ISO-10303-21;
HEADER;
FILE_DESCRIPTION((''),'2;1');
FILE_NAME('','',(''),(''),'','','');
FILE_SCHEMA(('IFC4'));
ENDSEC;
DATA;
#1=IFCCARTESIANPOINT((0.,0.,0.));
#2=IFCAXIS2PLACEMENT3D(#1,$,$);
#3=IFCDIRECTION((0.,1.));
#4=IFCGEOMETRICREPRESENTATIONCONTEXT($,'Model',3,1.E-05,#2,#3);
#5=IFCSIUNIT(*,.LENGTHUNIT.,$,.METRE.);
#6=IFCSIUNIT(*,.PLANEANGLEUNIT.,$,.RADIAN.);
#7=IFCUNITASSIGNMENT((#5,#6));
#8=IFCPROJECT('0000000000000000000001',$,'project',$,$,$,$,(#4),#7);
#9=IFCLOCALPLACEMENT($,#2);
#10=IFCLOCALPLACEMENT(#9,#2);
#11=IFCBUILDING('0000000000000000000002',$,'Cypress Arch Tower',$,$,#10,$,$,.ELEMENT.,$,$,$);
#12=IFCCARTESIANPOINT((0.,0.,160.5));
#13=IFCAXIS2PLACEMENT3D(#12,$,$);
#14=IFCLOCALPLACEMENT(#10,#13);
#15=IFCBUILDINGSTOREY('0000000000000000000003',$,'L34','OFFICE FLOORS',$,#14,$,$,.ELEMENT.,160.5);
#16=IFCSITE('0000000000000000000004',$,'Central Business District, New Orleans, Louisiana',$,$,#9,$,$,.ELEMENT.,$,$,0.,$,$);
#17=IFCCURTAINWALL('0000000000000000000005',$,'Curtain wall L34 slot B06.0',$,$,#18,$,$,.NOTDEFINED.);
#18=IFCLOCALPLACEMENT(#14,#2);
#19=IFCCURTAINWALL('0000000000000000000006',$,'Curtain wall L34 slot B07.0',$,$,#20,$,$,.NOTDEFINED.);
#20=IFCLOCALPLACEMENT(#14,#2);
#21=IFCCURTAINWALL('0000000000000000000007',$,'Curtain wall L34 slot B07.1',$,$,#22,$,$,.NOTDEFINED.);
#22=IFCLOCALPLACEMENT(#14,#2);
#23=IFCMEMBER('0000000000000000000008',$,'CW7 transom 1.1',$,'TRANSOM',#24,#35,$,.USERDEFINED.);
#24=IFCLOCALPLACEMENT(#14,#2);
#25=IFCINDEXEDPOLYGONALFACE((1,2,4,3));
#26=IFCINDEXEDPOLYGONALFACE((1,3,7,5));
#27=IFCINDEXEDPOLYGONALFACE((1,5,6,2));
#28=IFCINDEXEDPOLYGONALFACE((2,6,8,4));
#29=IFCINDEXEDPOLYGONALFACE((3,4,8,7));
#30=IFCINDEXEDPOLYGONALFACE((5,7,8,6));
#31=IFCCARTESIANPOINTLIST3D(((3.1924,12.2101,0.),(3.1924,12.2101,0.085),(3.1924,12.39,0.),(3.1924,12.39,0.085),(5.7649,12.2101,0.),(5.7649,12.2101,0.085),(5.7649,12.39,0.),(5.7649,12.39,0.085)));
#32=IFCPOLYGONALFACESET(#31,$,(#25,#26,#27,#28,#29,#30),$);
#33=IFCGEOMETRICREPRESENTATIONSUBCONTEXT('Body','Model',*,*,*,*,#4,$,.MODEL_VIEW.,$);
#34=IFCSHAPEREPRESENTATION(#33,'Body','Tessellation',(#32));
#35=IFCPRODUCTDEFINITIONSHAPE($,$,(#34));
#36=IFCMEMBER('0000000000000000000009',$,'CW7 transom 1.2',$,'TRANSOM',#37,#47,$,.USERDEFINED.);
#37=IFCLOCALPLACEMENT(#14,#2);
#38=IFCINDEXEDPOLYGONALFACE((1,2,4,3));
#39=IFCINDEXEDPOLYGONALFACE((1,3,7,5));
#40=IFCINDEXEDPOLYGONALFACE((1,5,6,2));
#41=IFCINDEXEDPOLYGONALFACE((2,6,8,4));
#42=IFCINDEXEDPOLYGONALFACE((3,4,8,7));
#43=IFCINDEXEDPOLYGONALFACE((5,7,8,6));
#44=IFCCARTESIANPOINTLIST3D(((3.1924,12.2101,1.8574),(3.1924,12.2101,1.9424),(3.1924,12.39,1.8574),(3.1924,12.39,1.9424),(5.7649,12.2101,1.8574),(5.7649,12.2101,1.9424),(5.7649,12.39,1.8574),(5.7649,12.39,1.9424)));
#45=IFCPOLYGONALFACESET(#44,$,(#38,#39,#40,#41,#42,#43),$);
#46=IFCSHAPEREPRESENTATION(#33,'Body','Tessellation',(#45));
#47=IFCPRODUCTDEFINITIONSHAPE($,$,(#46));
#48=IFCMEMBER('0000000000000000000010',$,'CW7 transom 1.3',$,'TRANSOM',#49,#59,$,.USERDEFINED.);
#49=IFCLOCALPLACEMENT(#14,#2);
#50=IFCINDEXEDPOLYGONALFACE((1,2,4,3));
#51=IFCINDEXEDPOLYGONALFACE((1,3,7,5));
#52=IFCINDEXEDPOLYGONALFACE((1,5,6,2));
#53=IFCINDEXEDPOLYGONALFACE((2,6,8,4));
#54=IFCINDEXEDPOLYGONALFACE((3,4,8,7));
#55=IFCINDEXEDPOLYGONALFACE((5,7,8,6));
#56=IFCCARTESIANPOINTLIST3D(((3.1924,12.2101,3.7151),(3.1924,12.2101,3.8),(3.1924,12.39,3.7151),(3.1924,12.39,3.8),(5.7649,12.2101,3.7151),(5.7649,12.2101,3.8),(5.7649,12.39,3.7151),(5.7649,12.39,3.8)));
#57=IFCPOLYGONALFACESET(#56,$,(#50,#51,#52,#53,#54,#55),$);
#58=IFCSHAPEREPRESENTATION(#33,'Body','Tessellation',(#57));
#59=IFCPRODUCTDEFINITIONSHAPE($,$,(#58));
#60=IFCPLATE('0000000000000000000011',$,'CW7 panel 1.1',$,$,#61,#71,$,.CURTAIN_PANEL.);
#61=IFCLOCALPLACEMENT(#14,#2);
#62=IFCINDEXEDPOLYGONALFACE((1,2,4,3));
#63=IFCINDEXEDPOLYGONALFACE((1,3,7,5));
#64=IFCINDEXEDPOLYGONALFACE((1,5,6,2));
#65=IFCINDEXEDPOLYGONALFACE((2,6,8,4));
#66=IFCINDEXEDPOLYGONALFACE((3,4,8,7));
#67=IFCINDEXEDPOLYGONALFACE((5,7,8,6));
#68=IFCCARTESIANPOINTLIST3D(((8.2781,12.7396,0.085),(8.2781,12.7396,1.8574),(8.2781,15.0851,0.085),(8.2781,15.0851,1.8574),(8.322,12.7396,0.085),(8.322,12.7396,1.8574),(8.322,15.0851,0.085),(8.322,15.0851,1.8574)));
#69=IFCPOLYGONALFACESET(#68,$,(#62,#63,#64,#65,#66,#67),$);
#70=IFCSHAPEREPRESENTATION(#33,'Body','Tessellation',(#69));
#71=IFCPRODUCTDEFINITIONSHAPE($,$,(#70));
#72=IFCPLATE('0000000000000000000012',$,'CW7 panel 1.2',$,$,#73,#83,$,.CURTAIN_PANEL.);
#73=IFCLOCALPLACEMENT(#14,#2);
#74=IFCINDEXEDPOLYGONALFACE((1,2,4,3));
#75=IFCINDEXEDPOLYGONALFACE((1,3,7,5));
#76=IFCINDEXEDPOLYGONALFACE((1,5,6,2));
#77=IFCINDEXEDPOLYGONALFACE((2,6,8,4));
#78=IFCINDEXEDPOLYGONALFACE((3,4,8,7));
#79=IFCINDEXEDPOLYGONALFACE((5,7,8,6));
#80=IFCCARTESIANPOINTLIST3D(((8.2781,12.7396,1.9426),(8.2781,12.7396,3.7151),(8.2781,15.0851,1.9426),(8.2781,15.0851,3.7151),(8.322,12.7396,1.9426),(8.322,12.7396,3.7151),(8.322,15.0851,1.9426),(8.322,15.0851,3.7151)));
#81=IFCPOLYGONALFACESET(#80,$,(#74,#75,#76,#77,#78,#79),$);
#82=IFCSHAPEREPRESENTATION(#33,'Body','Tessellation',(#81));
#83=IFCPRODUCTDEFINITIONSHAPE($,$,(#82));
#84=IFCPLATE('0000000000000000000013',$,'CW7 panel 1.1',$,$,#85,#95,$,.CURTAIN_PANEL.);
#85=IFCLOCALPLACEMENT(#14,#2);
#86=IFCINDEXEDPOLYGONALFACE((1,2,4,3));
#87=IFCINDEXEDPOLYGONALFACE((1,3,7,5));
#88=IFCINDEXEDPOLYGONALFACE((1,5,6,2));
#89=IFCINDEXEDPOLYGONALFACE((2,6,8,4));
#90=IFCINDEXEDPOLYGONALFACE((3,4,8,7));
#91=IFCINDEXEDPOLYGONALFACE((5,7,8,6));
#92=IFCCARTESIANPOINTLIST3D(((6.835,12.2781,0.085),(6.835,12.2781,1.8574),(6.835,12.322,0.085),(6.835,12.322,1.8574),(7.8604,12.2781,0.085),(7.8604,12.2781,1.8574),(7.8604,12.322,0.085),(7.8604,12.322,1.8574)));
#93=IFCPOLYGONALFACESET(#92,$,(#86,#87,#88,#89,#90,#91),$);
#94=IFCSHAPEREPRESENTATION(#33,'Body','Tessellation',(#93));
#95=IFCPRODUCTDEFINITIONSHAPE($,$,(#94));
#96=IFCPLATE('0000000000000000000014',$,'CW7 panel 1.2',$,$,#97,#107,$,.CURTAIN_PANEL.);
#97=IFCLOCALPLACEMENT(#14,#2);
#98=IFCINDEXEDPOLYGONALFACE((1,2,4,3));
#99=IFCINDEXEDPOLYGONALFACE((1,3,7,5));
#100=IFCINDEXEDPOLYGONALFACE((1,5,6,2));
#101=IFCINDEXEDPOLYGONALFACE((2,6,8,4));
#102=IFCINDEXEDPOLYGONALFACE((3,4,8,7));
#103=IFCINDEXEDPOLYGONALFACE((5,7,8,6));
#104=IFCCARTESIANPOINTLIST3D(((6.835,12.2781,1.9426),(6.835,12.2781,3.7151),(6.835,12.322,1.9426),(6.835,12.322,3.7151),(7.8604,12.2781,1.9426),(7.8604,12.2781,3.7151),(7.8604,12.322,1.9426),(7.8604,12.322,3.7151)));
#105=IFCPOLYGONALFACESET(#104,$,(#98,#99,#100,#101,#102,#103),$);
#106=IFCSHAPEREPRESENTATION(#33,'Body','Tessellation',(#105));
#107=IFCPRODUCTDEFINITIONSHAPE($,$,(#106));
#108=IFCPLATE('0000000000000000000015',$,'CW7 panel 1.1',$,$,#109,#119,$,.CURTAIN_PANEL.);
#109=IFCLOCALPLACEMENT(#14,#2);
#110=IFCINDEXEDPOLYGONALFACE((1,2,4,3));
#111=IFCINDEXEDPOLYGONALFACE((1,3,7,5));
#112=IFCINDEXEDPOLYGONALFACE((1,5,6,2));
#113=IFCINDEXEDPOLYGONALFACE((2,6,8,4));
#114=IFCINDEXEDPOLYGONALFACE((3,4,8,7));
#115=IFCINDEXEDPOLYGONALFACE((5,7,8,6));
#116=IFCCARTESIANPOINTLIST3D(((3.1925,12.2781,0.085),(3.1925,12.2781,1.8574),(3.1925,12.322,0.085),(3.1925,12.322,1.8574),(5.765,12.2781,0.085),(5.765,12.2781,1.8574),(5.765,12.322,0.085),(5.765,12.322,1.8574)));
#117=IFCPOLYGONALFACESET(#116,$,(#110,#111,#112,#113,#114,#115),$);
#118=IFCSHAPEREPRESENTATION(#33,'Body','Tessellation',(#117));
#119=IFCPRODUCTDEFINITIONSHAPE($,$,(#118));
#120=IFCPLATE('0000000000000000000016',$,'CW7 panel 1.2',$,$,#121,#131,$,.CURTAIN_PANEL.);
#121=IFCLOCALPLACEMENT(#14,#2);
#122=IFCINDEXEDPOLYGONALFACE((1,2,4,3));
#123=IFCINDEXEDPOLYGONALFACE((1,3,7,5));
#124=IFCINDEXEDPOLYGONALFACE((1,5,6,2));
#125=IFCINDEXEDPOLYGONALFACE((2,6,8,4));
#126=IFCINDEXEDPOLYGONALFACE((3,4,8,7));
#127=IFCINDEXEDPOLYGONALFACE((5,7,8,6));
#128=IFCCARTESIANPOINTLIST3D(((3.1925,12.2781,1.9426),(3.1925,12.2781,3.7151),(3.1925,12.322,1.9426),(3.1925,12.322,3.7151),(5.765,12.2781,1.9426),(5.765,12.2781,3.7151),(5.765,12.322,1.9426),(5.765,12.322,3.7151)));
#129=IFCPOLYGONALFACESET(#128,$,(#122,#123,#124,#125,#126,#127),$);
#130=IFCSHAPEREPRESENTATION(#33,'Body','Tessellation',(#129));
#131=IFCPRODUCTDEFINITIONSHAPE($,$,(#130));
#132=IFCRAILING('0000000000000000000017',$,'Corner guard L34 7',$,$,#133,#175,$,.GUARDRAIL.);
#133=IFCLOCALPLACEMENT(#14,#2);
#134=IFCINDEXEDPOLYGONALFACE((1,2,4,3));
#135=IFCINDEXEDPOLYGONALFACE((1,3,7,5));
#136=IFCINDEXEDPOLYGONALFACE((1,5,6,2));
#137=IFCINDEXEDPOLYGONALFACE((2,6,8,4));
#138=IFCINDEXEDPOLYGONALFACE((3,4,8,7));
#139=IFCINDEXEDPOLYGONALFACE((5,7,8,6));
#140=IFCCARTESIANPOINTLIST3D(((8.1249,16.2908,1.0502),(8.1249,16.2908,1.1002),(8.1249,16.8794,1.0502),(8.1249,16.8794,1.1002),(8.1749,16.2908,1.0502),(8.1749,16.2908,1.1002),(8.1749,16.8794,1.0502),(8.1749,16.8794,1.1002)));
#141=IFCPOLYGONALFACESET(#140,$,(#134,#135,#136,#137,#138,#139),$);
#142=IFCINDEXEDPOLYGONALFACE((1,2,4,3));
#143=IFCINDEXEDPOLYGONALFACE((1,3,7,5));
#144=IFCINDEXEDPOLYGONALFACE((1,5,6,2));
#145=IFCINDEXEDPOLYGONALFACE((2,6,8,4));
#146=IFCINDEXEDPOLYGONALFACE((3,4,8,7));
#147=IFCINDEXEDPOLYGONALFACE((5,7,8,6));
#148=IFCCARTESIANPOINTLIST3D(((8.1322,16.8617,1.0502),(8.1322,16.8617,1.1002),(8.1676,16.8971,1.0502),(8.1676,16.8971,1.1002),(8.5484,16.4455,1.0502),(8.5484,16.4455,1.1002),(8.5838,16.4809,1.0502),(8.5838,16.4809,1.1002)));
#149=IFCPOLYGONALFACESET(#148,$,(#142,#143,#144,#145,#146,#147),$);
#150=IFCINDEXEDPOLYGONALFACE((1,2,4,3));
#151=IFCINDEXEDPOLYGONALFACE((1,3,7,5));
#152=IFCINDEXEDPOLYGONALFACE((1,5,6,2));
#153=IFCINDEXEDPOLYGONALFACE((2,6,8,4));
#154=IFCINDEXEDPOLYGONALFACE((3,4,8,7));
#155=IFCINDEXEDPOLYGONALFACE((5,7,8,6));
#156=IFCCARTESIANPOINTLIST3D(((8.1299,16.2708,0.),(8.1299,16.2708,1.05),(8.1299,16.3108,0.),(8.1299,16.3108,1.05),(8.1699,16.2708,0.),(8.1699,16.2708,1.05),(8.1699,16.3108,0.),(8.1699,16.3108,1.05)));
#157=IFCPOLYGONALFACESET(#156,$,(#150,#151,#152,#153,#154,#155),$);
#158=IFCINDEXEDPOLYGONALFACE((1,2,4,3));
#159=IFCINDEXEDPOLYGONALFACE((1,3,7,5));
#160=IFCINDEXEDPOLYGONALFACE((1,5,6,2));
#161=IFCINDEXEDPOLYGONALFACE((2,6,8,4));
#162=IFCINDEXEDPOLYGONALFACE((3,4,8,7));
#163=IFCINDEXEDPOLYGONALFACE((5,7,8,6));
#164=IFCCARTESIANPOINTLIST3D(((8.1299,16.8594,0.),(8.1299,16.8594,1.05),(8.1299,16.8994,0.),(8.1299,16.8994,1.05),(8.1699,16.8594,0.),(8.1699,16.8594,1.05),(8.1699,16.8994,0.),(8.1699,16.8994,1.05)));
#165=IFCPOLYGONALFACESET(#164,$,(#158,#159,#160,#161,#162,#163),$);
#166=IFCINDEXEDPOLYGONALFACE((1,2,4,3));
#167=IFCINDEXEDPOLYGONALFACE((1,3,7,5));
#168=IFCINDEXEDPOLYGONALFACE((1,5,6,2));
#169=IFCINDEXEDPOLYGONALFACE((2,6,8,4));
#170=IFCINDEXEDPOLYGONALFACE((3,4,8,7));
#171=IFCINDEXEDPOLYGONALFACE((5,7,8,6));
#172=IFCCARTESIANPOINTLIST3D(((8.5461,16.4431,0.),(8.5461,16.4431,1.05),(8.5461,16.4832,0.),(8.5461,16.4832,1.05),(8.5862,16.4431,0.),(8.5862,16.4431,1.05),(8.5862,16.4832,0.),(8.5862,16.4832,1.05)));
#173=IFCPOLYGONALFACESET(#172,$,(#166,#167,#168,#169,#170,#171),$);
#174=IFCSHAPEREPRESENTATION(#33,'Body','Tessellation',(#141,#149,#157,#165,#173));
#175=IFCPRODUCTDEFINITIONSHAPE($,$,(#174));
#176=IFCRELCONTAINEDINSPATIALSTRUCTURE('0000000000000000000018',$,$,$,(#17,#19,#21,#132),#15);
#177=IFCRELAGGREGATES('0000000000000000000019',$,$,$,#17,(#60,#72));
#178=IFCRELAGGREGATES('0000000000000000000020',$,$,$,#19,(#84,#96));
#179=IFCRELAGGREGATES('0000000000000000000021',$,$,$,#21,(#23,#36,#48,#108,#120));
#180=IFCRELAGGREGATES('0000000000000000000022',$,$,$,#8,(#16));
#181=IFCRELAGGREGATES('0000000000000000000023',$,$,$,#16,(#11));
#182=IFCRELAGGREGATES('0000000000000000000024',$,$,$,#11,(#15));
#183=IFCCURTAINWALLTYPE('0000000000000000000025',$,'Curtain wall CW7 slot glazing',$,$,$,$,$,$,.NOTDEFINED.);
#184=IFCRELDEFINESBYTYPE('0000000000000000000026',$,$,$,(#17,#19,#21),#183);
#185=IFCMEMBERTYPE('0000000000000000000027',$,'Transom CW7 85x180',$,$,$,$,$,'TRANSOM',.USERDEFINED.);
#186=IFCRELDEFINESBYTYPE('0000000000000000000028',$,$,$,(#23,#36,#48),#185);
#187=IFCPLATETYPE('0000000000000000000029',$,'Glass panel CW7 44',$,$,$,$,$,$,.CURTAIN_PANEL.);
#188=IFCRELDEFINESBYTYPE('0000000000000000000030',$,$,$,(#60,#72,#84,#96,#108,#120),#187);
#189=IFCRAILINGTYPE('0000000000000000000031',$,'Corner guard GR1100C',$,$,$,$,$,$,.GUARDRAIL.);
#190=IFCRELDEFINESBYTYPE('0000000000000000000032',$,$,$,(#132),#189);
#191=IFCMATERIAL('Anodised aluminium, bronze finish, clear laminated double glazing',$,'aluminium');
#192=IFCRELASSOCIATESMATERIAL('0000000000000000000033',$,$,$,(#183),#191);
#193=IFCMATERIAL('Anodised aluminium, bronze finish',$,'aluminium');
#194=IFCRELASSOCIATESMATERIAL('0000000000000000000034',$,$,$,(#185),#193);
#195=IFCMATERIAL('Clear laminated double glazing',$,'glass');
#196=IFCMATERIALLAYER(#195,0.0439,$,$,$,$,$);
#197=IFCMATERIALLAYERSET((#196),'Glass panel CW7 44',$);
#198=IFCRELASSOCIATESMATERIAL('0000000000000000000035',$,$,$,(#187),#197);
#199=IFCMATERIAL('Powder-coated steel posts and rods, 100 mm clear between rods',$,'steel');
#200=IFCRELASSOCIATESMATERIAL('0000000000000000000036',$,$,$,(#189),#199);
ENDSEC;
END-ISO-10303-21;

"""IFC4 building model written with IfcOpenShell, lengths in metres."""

from ifc_helpers import new_model, si_unit, direction, frame, origin, origin_2d, place, context, subcontext, project, spatial, rectangle, extrude, material, layer, layer_set, material_profile, profile_set, type_object, element, aggregate, save


model = new_model("IFC4")

# Units and contexts
model_context = context("Model", 3, precision=1e-05, world=origin(), true_north=direction((0.0, 1.0)))
body_context = subcontext(model_context, "Body", "Model", "MODEL_VIEW")
ifc_project = project(units=[si_unit("LENGTHUNIT", "METRE"), si_unit("PLANEANGLEUNIT", "RADIAN")], contexts=[model_context])

# Site, building, storey
site_placement = place(None, origin())
site = spatial("IfcSite", under=ifc_project, at=site_placement, Name="Central Business District, New Orleans, Louisiana", CompositionType="ELEMENT", RefElevation=0.0)
building_placement = place(site_placement, origin())
building = spatial("IfcBuilding", under=site, at=building_placement, Name="Cypress Arch Tower", CompositionType="ELEMENT")
storey_placement = place(building_placement, frame((0.0, 0.0, 160.5)))
storey = spatial("IfcBuildingStorey", under=building, at=storey_placement, Name="L34", Description="OFFICE FLOORS", CompositionType="ELEMENT", Elevation=160.5)

# Curtain walls
ifc_material_1 = material(Name="Anodised aluminium, bronze finish, clear laminated double glazing", Category="aluminium")
curtain_wall_type = type_object("IfcCurtainWallType", Name="Curtain wall CW7 slot glazing", PredefinedType="NOTDEFINED", material=ifc_material_1)
curtain_wall_1_placement = place(storey_placement, origin())
curtain_wall_1 = element("IfcCurtainWall", 1, at=curtain_wall_1_placement, inside=storey, type_object=curtain_wall_type, Name="Curtain wall L34 slot B06.0", PredefinedType="NOTDEFINED")
curtain_wall_2_placement = place(storey_placement, origin())
curtain_wall_2 = element("IfcCurtainWall", 2, at=curtain_wall_2_placement, inside=storey, type_object=curtain_wall_type, Name="Curtain wall L34 slot B07.0", PredefinedType="NOTDEFINED")

# Curtain wall
curtain_wall_3_placement = place(storey_placement, origin())
curtain_wall_3 = element("IfcCurtainWall", 3, at=curtain_wall_3_placement, inside=storey, type_object=curtain_wall_type, Name="Curtain wall L34 slot B07.1", PredefinedType="NOTDEFINED")

# Members
ifc_material_2 = material(Name="Anodised aluminium, bronze finish", Category="aluminium")
ifc_material_profile_1 = material_profile(ifc_material_2, rectangle(XDim=0.1799, YDim=0.085, at=origin_2d()), Name="Transom 85x180")
ifc_profile_set_1 = profile_set([ifc_material_profile_1], Name="Anodised aluminium, bronze finish")
member_type_1 = type_object("IfcMemberType", Name="Transom CW7 85x180", ElementType="TRANSOM", PredefinedType="USERDEFINED", material=ifc_profile_set_1)
member_1_placement = place(storey_placement, frame((5.7649, 12.3, 0.0425), z_axis=(-1.0, 0.0, 0.0), x_axis=(0.0, -1.0, 0.0)))
member_1 = element("IfcMember", 4, at=member_1_placement, type_object=member_type_1, Name="CW7 transom 1.1", ObjectType="TRANSOM", PredefinedType="USERDEFINED", context=body_context, shape_type="SweptSolid", body=[
    extrude(rectangle(XDim=0.1799, YDim=0.085, at=origin_2d()), origin(), (0.0, 0.0, 1.0), 2.5725),
])
member_2_placement = place(storey_placement, frame((5.7649, 12.3, 1.8999), z_axis=(-1.0, 0.0, 0.0), x_axis=(0.0, -1.0, 0.0)))
member_2 = element("IfcMember", 5, at=member_2_placement, type_object=member_type_1, Name="CW7 transom 1.2", ObjectType="TRANSOM", PredefinedType="USERDEFINED", context=body_context, shape_type="SweptSolid", body=[
    extrude(rectangle(XDim=0.1799, YDim=0.085, at=origin_2d()), origin(), (0.0, 0.0, 1.0), 2.5725),
])
member_3_placement = place(storey_placement, frame((5.7649, 12.3, 3.7576), z_axis=(-1.0, 0.0, 0.0), x_axis=(0.0, -1.0, 0.0)))
member_3 = element("IfcMember", 6, at=member_3_placement, type_object=member_type_1, Name="CW7 transom 1.3", ObjectType="TRANSOM", PredefinedType="USERDEFINED", context=body_context, shape_type="SweptSolid", body=[
    extrude(rectangle(XDim=0.1799, YDim=0.085, at=origin_2d()), origin(), (0.0, 0.0, 1.0), 2.5725),
])

# Plates
ifc_material_3 = material(Name="Clear laminated double glazing", Category="glass")
ifc_layer = layer(ifc_material_3, 0.0439)
ifc_layer_set = layer_set([ifc_layer], Name="Glass panel CW7 44")
plate_type = type_object("IfcPlateType", Name="Glass panel CW7 44", PredefinedType="CURTAIN_PANEL", material=ifc_layer_set)
plate_1_placement = place(storey_placement, frame((8.3, 13.9124, 0.085), z_axis=(0.0, 0.0, 1.0), x_axis=(0.0, -1.0, 0.0)))
plate_1 = element("IfcPlate", 7, at=plate_1_placement, type_object=plate_type, Name="CW7 panel 1.1", PredefinedType="CURTAIN_PANEL", context=body_context, shape_type="SweptSolid", body=[
    extrude(rectangle(XDim=2.3455, YDim=0.0439, at=origin_2d()), origin(), (0.0, 0.0, 1.0), 1.7725),
])
plate_2_placement = place(storey_placement, frame((8.3, 13.9124, 1.9426), z_axis=(0.0, 0.0, 1.0), x_axis=(0.0, -1.0, 0.0)))
plate_2 = element("IfcPlate", 8, at=plate_2_placement, type_object=plate_type, Name="CW7 panel 1.2", PredefinedType="CURTAIN_PANEL", context=body_context, shape_type="SweptSolid", body=[
    extrude(rectangle(XDim=2.3455, YDim=0.0439, at=origin_2d()), origin(), (0.0, 0.0, 1.0), 1.7725),
])
aggregate(curtain_wall_1, [plate_1, plate_2])
plate_3_placement = place(storey_placement, frame((7.3477, 12.3, 0.085), z_axis=(0.0, 0.0, 1.0), x_axis=(-1.0, 0.0, 0.0)))
plate_3 = element("IfcPlate", 9, at=plate_3_placement, type_object=plate_type, Name="CW7 panel 1.1", PredefinedType="CURTAIN_PANEL", context=body_context, shape_type="SweptSolid", body=[
    extrude(rectangle(XDim=1.0254, YDim=0.0439, at=origin_2d()), origin(), (0.0, 0.0, 1.0), 1.7725),
])
plate_4_placement = place(storey_placement, frame((7.3477, 12.3, 1.9426), z_axis=(0.0, 0.0, 1.0), x_axis=(-1.0, 0.0, 0.0)))
plate_4 = element("IfcPlate", 10, at=plate_4_placement, type_object=plate_type, Name="CW7 panel 1.2", PredefinedType="CURTAIN_PANEL", context=body_context, shape_type="SweptSolid", body=[
    extrude(rectangle(XDim=1.0254, YDim=0.0439, at=origin_2d()), origin(), (0.0, 0.0, 1.0), 1.7725),
])
aggregate(curtain_wall_2, [plate_3, plate_4])
plate_5_placement = place(storey_placement, frame((4.4788, 12.3, 0.085), z_axis=(0.0, 0.0, 1.0), x_axis=(-1.0, 0.0, 0.0)))
plate_5 = element("IfcPlate", 11, at=plate_5_placement, type_object=plate_type, Name="CW7 panel 1.1", PredefinedType="CURTAIN_PANEL", context=body_context, shape_type="SweptSolid", body=[
    extrude(rectangle(XDim=2.5725, YDim=0.0439, at=origin_2d()), origin(), (0.0, 0.0, 1.0), 1.7725),
])
plate_6_placement = place(storey_placement, frame((4.4788, 12.3, 1.9426), z_axis=(0.0, 0.0, 1.0), x_axis=(-1.0, 0.0, 0.0)))
plate_6 = element("IfcPlate", 12, at=plate_6_placement, type_object=plate_type, Name="CW7 panel 1.2", PredefinedType="CURTAIN_PANEL", context=body_context, shape_type="SweptSolid", body=[
    extrude(rectangle(XDim=2.5725, YDim=0.0439, at=origin_2d()), origin(), (0.0, 0.0, 1.0), 1.7725),
])
aggregate(curtain_wall_3, [member_1, member_2, member_3, plate_5, plate_6])

# Railing
ifc_material_4 = material(Name="Powder-coated steel posts and rods, 100 mm clear between rods", Category="steel")
railing_type = type_object("IfcRailingType", Name="Corner guard GR1100C", PredefinedType="GUARDRAIL", material=ifc_material_4)
railing_placement = place(storey_placement, frame((8.1499, 16.2908, 0.0)))
element("IfcRailing", 13, at=railing_placement, inside=storey, type_object=railing_type, Name="Corner guard L34 7", PredefinedType="GUARDRAIL", context=body_context, shape_type="SweptSolid", body=[
    extrude(rectangle(XDim=0.05, YDim=0.05, at=origin_2d()), frame((0.0, 0.0, 1.0752), z_axis=(0.0, 1.0, 0.0), x_axis=(-1.0, 0.0, 0.0)), (0.0, 0.0, 1.0), 0.5886),
    extrude(rectangle(XDim=0.05, YDim=0.05, at=origin_2d()), frame((0.0, 0.5886, 1.0752), z_axis=(0.707107, -0.707107, 0.0), x_axis=(0.707107, 0.707107, 0.0)), (0.0, 0.0, 1.0), 0.5886),
    extrude(rectangle(XDim=0.04, YDim=0.04, at=origin_2d()), origin(), (0.0, 0.0, 1.0), 1.05),
    extrude(rectangle(XDim=0.04, YDim=0.04, at=origin_2d()), frame((0.0, 0.5886, 0.0)), (0.0, 0.0, 1.0), 1.05),
    extrude(rectangle(XDim=0.04, YDim=0.04, at=origin_2d()), frame((0.4163, 0.1724, 0.0)), (0.0, 0.0, 1.0), 1.05),
])

save(model, "model.ifc")
